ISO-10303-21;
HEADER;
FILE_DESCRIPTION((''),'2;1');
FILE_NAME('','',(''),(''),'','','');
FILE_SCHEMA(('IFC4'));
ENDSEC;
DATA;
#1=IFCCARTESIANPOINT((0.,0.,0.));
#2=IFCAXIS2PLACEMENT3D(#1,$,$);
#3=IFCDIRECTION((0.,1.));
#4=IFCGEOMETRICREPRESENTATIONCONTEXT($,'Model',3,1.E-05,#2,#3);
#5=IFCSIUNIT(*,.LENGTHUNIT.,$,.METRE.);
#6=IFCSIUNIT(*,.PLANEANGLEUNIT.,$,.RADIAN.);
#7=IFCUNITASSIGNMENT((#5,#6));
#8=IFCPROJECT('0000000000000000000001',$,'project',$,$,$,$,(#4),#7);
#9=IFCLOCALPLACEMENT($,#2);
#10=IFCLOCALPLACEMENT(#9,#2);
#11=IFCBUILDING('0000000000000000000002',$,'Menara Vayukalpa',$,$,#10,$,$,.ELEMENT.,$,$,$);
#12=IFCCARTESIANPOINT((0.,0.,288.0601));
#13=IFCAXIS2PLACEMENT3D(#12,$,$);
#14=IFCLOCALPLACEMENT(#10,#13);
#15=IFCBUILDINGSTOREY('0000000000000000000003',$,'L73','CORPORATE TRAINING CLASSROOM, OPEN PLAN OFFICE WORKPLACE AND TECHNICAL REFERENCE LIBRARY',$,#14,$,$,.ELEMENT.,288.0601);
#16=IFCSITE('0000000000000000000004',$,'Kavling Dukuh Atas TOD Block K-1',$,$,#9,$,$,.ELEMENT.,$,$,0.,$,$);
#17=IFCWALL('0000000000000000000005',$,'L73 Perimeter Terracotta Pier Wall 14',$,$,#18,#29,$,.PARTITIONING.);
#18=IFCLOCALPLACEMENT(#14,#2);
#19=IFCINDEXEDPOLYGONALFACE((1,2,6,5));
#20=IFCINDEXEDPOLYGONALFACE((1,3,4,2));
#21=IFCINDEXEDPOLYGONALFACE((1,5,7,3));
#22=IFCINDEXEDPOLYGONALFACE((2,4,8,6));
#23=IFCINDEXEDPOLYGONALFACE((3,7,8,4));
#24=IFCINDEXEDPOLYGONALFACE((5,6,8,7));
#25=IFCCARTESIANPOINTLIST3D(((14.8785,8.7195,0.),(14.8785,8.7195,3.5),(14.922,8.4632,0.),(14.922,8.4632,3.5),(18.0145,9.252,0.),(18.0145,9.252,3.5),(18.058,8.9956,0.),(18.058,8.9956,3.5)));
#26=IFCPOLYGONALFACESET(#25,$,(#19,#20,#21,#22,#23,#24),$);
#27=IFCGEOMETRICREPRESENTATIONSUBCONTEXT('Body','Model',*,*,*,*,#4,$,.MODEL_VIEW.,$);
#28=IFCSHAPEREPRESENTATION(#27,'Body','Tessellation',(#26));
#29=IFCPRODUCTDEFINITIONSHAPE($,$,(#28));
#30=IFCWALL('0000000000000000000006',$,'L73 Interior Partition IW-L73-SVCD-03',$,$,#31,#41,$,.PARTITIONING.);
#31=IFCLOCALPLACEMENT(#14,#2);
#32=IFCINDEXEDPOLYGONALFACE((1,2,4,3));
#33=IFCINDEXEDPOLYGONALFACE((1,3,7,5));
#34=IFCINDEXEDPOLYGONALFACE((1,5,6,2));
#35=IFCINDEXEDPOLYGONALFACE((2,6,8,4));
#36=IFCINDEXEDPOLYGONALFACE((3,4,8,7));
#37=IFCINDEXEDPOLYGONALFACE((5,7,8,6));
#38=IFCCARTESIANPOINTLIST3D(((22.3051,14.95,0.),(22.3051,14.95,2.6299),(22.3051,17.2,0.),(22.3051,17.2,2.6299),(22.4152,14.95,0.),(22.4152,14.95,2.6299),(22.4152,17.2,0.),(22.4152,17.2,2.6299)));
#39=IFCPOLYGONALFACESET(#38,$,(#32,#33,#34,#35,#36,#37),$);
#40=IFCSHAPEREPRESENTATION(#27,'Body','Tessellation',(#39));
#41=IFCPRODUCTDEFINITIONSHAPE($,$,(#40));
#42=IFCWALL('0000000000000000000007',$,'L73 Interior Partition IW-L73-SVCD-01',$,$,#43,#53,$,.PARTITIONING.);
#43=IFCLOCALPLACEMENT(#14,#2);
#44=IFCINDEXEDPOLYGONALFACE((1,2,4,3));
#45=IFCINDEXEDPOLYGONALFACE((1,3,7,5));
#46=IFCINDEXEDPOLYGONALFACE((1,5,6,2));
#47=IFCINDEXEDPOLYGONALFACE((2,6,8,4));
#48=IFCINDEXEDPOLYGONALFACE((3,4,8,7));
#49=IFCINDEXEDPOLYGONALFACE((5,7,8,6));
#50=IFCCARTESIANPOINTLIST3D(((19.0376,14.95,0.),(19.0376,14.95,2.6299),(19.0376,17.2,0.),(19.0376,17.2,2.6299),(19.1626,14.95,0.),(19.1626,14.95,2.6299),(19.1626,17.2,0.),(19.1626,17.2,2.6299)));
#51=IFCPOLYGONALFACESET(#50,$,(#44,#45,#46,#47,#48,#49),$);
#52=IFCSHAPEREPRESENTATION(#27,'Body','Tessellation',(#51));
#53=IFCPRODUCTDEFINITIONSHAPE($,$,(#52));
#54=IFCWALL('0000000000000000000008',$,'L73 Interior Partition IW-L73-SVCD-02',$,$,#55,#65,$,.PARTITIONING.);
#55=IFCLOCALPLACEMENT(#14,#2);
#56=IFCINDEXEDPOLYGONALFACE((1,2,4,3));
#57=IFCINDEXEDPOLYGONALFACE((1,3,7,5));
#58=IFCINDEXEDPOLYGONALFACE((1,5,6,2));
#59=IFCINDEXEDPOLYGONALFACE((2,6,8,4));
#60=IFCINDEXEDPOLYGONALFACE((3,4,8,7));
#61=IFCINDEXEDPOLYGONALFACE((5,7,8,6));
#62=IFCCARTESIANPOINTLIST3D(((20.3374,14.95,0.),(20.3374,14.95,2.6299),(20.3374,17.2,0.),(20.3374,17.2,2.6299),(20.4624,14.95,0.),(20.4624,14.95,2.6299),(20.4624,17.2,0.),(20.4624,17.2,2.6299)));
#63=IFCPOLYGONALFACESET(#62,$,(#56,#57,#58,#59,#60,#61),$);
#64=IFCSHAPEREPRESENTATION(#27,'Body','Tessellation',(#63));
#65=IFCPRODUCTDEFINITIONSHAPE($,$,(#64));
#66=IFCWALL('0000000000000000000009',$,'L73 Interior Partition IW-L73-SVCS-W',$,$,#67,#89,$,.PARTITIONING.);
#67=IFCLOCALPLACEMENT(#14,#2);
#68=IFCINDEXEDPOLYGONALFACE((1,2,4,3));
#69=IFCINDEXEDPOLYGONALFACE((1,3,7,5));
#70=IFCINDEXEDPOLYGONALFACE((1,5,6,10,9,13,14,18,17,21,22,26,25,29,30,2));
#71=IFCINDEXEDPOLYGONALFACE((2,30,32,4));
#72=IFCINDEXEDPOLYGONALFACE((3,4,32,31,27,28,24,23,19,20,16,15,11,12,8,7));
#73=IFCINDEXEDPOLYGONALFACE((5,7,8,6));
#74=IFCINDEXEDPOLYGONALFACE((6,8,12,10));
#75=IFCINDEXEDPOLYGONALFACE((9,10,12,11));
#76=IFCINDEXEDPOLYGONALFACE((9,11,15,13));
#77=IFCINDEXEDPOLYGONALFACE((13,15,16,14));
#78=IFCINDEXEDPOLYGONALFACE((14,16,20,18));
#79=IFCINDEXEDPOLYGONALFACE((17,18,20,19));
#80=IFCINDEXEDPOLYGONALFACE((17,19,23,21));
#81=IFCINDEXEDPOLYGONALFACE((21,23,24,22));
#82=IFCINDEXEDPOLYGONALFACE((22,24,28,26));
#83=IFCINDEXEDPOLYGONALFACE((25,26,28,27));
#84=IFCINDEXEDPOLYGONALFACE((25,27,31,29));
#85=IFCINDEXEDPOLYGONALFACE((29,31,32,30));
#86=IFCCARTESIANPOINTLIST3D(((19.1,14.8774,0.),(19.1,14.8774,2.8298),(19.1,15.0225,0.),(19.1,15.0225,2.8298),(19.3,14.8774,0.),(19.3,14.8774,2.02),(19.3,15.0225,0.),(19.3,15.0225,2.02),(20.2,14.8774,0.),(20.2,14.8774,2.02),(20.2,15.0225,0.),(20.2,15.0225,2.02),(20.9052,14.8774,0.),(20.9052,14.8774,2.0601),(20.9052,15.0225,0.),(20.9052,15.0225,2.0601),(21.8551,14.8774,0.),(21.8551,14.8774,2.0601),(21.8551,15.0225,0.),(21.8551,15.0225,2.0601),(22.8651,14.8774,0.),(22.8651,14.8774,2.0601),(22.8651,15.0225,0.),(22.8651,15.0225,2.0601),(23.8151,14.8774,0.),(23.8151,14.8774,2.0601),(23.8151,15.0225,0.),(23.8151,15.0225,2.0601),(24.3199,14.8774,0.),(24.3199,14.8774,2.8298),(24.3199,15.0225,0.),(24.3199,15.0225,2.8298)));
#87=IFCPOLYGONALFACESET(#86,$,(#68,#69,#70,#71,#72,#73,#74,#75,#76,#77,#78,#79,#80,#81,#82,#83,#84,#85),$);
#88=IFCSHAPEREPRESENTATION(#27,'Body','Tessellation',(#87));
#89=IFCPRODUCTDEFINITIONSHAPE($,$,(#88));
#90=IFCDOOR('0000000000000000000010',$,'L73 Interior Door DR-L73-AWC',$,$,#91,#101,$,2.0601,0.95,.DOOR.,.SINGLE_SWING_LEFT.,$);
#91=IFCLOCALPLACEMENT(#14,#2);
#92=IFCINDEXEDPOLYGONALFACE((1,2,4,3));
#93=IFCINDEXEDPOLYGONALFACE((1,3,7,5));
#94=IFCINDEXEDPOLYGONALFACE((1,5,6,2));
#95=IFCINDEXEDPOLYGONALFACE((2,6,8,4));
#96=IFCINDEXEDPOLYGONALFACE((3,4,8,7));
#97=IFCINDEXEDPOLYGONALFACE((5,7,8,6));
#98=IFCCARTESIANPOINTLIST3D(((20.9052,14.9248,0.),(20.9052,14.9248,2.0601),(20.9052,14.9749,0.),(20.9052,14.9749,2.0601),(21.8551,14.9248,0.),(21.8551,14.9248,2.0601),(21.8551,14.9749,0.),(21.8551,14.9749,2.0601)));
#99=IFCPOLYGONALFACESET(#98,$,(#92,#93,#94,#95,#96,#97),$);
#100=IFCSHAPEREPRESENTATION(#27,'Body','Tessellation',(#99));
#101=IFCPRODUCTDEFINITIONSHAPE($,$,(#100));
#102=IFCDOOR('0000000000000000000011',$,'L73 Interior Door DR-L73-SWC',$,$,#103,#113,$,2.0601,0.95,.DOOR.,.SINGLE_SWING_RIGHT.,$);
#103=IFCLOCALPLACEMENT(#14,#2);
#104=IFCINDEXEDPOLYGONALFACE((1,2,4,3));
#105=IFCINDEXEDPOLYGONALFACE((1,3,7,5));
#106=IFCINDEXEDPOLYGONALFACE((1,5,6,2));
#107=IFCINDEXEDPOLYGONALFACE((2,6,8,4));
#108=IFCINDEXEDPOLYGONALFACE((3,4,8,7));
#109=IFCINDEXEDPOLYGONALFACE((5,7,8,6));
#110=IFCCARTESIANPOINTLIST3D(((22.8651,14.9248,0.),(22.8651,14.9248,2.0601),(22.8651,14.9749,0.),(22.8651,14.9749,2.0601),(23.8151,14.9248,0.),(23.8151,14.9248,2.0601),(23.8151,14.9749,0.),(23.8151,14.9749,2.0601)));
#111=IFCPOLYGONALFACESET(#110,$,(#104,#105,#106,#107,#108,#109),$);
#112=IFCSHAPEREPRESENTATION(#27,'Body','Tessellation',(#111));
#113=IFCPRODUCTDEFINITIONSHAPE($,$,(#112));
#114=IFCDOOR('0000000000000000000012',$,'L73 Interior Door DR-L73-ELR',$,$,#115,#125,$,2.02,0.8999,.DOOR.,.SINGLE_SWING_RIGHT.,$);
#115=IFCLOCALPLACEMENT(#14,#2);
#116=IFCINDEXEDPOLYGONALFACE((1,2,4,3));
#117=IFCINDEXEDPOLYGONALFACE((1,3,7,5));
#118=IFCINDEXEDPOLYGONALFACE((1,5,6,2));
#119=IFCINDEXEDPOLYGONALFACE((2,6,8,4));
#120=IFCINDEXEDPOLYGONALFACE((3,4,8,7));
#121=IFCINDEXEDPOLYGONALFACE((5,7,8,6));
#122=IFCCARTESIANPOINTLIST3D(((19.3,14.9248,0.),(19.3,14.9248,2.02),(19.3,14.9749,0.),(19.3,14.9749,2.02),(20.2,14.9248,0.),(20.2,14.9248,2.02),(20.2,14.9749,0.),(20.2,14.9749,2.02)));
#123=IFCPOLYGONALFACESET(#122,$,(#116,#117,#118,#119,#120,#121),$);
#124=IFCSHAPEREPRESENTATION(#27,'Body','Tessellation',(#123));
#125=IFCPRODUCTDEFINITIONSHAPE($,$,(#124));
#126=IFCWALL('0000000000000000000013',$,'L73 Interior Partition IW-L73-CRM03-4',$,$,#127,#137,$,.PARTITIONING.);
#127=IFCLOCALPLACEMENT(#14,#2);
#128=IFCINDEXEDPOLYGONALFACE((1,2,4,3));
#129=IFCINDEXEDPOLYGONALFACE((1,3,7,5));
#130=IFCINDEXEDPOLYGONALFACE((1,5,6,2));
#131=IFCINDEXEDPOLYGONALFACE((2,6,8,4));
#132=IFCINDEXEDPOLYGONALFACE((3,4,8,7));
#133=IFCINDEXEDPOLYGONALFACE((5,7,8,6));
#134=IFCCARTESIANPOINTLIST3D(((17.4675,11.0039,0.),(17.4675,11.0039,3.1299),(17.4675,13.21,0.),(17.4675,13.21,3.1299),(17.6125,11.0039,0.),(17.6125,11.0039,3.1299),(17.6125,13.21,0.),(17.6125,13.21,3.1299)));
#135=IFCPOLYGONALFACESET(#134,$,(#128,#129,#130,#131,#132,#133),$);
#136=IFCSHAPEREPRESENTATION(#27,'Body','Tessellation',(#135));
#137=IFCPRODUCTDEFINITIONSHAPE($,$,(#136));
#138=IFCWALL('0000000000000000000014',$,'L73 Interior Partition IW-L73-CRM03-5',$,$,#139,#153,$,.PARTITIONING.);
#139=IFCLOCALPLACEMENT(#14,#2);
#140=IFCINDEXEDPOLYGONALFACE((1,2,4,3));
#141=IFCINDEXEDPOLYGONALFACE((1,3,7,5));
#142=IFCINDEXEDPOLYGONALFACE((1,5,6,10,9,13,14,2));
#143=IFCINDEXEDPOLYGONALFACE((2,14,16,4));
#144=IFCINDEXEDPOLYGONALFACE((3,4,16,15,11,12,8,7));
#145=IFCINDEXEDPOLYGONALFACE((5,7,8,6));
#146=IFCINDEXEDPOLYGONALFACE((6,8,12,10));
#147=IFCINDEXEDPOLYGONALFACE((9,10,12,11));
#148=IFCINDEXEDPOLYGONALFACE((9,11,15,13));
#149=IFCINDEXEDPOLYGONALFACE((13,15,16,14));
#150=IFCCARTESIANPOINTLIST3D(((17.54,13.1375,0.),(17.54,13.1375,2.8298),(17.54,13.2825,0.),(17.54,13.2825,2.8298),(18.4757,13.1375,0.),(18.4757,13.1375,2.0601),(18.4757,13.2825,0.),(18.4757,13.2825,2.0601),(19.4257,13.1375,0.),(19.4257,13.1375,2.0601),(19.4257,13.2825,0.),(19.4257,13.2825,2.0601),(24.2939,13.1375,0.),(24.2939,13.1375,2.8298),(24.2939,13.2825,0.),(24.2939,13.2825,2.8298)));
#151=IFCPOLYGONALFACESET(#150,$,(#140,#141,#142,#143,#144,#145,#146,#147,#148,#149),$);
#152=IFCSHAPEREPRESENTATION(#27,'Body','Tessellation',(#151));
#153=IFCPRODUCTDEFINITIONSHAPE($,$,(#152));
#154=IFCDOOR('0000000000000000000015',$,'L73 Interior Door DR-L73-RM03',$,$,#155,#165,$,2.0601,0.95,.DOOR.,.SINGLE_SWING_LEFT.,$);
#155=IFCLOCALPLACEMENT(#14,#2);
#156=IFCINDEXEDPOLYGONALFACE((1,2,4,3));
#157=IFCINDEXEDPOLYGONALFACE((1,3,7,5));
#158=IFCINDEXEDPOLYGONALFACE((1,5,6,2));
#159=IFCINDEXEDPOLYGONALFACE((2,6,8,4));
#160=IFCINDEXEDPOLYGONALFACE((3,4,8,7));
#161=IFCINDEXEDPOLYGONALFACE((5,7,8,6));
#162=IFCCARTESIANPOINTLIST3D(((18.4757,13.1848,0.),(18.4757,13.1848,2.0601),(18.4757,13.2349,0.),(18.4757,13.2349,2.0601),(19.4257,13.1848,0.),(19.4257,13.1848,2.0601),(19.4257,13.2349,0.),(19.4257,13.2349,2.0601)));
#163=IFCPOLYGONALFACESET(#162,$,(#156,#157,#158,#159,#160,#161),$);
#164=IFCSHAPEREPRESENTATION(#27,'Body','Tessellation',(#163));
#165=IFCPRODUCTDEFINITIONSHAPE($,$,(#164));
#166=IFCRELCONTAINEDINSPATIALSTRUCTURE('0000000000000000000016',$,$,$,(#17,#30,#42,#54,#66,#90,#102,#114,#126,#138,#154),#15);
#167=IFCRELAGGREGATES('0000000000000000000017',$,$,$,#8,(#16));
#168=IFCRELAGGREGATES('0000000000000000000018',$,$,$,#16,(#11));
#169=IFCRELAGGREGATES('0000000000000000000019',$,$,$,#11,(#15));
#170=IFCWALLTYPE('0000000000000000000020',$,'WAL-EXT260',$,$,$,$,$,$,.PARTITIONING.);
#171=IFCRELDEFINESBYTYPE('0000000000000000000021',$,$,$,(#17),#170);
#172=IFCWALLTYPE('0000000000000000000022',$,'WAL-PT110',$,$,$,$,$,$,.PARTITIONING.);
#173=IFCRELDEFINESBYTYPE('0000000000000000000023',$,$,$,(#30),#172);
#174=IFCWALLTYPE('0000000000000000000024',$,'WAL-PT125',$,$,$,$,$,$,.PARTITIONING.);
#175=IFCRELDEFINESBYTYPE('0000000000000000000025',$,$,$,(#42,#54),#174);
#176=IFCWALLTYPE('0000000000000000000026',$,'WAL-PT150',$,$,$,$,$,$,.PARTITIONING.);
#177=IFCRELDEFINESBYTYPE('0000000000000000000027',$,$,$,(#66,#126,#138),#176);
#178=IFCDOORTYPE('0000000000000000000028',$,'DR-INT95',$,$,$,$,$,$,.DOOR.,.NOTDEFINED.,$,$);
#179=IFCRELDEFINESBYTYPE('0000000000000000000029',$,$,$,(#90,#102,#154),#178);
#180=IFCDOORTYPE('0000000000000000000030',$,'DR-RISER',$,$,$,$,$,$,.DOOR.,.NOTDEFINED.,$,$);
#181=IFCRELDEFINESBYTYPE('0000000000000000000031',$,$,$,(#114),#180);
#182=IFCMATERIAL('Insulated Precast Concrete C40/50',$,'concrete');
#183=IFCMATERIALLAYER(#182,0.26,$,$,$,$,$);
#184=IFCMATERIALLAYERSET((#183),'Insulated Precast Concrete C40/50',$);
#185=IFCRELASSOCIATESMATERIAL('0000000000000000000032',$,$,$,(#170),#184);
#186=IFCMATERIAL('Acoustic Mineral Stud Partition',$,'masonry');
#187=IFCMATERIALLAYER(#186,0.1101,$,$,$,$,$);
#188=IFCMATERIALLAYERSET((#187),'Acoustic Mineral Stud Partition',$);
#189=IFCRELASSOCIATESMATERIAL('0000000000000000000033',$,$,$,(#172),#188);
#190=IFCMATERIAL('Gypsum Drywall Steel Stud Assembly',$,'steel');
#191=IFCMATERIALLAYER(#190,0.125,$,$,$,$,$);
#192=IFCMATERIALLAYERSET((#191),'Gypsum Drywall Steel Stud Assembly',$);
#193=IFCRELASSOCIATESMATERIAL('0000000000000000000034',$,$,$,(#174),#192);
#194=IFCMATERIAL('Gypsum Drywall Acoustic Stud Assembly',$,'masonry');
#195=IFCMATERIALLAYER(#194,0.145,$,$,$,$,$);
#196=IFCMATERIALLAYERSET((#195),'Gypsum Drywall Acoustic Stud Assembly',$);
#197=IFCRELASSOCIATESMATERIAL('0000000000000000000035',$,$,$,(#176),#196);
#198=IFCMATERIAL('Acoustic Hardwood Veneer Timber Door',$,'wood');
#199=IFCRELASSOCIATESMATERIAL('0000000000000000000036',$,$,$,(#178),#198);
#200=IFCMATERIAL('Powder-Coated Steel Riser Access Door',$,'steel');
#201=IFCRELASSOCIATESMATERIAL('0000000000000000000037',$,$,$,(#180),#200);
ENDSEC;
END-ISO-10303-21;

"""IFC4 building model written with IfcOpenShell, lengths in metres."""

from ifc_helpers import new_model, si_unit, direction, frame, frame_2d, origin, place, context, subcontext, project, spatial, rectangle, extrude, material, layer, layer_set, type_object, element, fill, save


model = new_model("IFC4")

# Units and contexts
model_context = context("Model", 3, precision=1e-05, world=origin(), true_north=direction((0.0, 1.0)))
body_context = subcontext(model_context, "Body", "Model", "MODEL_VIEW")
ifc_project = project(units=[si_unit("LENGTHUNIT", "METRE"), si_unit("PLANEANGLEUNIT", "RADIAN")], contexts=[model_context])

# Site, building, storey
site_placement = place(None, origin())
site = spatial("IfcSite", under=ifc_project, at=site_placement, Name="Kavling Dukuh Atas TOD Block K-1", CompositionType="ELEMENT", RefElevation=0.0)
building_placement = place(site_placement, origin())
building = spatial("IfcBuilding", under=site, at=building_placement, Name="Menara Vayukalpa", CompositionType="ELEMENT")
storey_placement = place(building_placement, frame((0.0, 0.0, 288.0601)))
storey = spatial("IfcBuildingStorey", under=building, at=storey_placement, Name="L73", Description="CORPORATE TRAINING CLASSROOM, OPEN PLAN OFFICE WORKPLACE AND TECHNICAL REFERENCE LIBRARY", CompositionType="ELEMENT", Elevation=288.0601)

# Walls
ifc_material_1 = material(Name="Insulated Precast Concrete C40/50", Category="concrete")
ifc_layer_1 = layer(ifc_material_1, 0.26)
ifc_layer_set_1 = layer_set([ifc_layer_1], Name="Insulated Precast Concrete C40/50")
wall_type_1 = type_object("IfcWallType", Name="WAL-EXT260", PredefinedType="PARTITIONING", material=ifc_layer_set_1)
wall_1_placement = place(storey_placement, frame((18.0361, 9.1238, 0.0), z_axis=(0.0, 0.0, 1.0), x_axis=(-0.985889, -0.167398, 0.0)))
element("IfcWall", 1, at=wall_1_placement, inside=storey, type_object=wall_type_1, Name="L73 Perimeter Terracotta Pier Wall 14", PredefinedType="PARTITIONING", context=body_context, shape_type="SweptSolid", body=[
    extrude(rectangle(XDim=3.1809, YDim=0.26, at=frame_2d((1.5903, 0.0))), origin(), (0.0, 0.0, 1.0), 3.5),
])
ifc_material_2 = material(Name="Acoustic Mineral Stud Partition", Category="masonry")
ifc_layer_2 = layer(ifc_material_2, 0.1101)
ifc_layer_set_2 = layer_set([ifc_layer_2], Name="Acoustic Mineral Stud Partition")
wall_type_2 = type_object("IfcWallType", Name="WAL-PT110", PredefinedType="PARTITIONING", material=ifc_layer_set_2)
wall_2_placement = place(storey_placement, frame((22.3601, 14.95, 0.0), z_axis=(0.0, 0.0, 1.0), x_axis=(0.0, 1.0, 0.0)))
element("IfcWall", 2, at=wall_2_placement, inside=storey, type_object=wall_type_2, Name="L73 Interior Partition IW-L73-SVCD-03", PredefinedType="PARTITIONING", context=body_context, shape_type="SweptSolid", body=[
    extrude(rectangle(XDim=2.25, YDim=0.1101, at=frame_2d((1.125, 0.0))), origin(), (0.0, 0.0, 1.0), 2.6299),
])
ifc_material_3 = material(Name="Gypsum Drywall Steel Stud Assembly", Category="steel")
ifc_layer_3 = layer(ifc_material_3, 0.125)
ifc_layer_set_3 = layer_set([ifc_layer_3], Name="Gypsum Drywall Steel Stud Assembly")
wall_type_3 = type_object("IfcWallType", Name="WAL-PT125", PredefinedType="PARTITIONING", material=ifc_layer_set_3)
for number, where, z_axis, x_axis, name in (
    (3, (19.1001, 14.95, 0.0), (0.0, 0.0, 1.0), (0.0, 1.0, 0.0), "L73 Interior Partition IW-L73-SVCD-01"),
    (4, (20.3999, 14.95, 0.0), (0.0, 0.0, 1.0), (0.0, 1.0, 0.0), "L73 Interior Partition IW-L73-SVCD-02"),
):
    element("IfcWall", number, at=place(storey_placement, frame(where, z_axis=z_axis, x_axis=x_axis)), inside=storey, type_object=wall_type_3, Name=name, PredefinedType="PARTITIONING", context=body_context, shape_type="SweptSolid", body=[
        extrude(rectangle(XDim=2.25, YDim=0.125, at=frame_2d((1.125, 0.0))), origin(), (0.0, 0.0, 1.0), 2.6299),
    ])

# Wall, openings, doors
ifc_material_4 = material(Name="Gypsum Drywall Acoustic Stud Assembly", Category="masonry")
ifc_layer_4 = layer(ifc_material_4, 0.145)
ifc_layer_set_4 = layer_set([ifc_layer_4], Name="Gypsum Drywall Acoustic Stud Assembly")
wall_type_4 = type_object("IfcWallType", Name="WAL-PT150", PredefinedType="PARTITIONING", material=ifc_layer_set_4)
wall_3_placement = place(storey_placement, frame((19.1001, 14.95, 0.0), z_axis=(0.0, 0.0, 1.0), x_axis=(1.0, 0.0, 0.0)))
wall_3 = element("IfcWall", 5, at=wall_3_placement, inside=storey, type_object=wall_type_4, Name="L73 Interior Partition IW-L73-SVCS-W", PredefinedType="PARTITIONING", context=body_context, shape_type="SweptSolid", body=[
    extrude(rectangle(XDim=5.22, YDim=0.145, at=frame_2d((2.6099, 0.0))), origin(), (0.0, 0.0, 1.0), 2.8298),
])
opening_1_placement = place(wall_3_placement, frame((0.2, 0.0, 0.0)))
opening_1 = element("IfcOpeningElement", 6, at=opening_1_placement, cuts=wall_3, PredefinedType="OPENING", context=body_context, shape_type="SweptSolid", body=[
    extrude(rectangle(XDim=0.8999, YDim=2.02, at=frame_2d((0.45, 1.01))), frame((0.0, 0.0825, 0.0), z_axis=(0.0, -1.0, 0.0), x_axis=(1.0, 0.0, 0.0)), (0.0, 0.0, 1.0), 0.165),
])
opening_2_placement = place(wall_3_placement, frame((1.8049, 0.0, 0.0)))
opening_2 = element("IfcOpeningElement", 7, at=opening_2_placement, cuts=wall_3, PredefinedType="OPENING", context=body_context, shape_type="SweptSolid", body=[
    extrude(rectangle(XDim=0.95, YDim=2.0601, at=frame_2d((0.4751, 1.03))), frame((0.0, 0.0825, 0.0), z_axis=(0.0, -1.0, 0.0), x_axis=(1.0, 0.0, 0.0)), (0.0, 0.0, 1.0), 0.165),
])
opening_3_placement = place(wall_3_placement, frame((3.7649, 0.0, 0.0)))
opening_3 = element("IfcOpeningElement", 8, at=opening_3_placement, cuts=wall_3, PredefinedType="OPENING", context=body_context, shape_type="SweptSolid", body=[
    extrude(rectangle(XDim=0.95, YDim=2.0601, at=frame_2d((0.4751, 1.03))), frame((0.0, 0.0825, 0.0), z_axis=(0.0, -1.0, 0.0), x_axis=(1.0, 0.0, 0.0)), (0.0, 0.0, 1.0), 0.165),
])
ifc_material_5 = material(Name="Acoustic Hardwood Veneer Timber Door", Category="wood")
door_type_1 = type_object("IfcDoorType", Name="DR-INT95", OperationType="NOTDEFINED", PredefinedType="DOOR", material=ifc_material_5)
door_1_placement = place(opening_2_placement, origin())
door_1 = element("IfcDoor", 9, at=door_1_placement, inside=storey, type_object=door_type_1, Name="L73 Interior Door DR-L73-AWC", OperationType="SINGLE_SWING_LEFT", OverallHeight=2.0601, OverallWidth=0.95, PredefinedType="DOOR", context=body_context, shape_type="SweptSolid", body=[
    extrude(rectangle(XDim=0.95, YDim=2.0601, at=frame_2d((0.4751, 1.03))), frame((0.0, 0.0249, 0.0), z_axis=(0.0, -1.0, 0.0), x_axis=(1.0, 0.0, 0.0)), (0.0, 0.0, 1.0), 0.05),
])
fill(opening_2, door_1)
door_2_placement = place(opening_3_placement, origin())
door_2 = element("IfcDoor", 10, at=door_2_placement, inside=storey, type_object=door_type_1, Name="L73 Interior Door DR-L73-SWC", OperationType="SINGLE_SWING_RIGHT", OverallHeight=2.0601, OverallWidth=0.95, PredefinedType="DOOR", context=body_context, shape_type="SweptSolid", body=[
    extrude(rectangle(XDim=0.95, YDim=2.0601, at=frame_2d((0.4751, 1.03))), frame((0.0, 0.0249, 0.0), z_axis=(0.0, -1.0, 0.0), x_axis=(1.0, 0.0, 0.0)), (0.0, 0.0, 1.0), 0.05),
])
fill(opening_3, door_2)
ifc_material_6 = material(Name="Powder-Coated Steel Riser Access Door", Category="steel")
door_type_2 = type_object("IfcDoorType", Name="DR-RISER", OperationType="NOTDEFINED", PredefinedType="DOOR", material=ifc_material_6)
door_3_placement = place(opening_1_placement, origin())
door_3 = element("IfcDoor", 11, at=door_3_placement, inside=storey, type_object=door_type_2, Name="L73 Interior Door DR-L73-ELR", OperationType="SINGLE_SWING_RIGHT", OverallHeight=2.02, OverallWidth=0.8999, PredefinedType="DOOR", context=body_context, shape_type="SweptSolid", body=[
    extrude(rectangle(XDim=0.8999, YDim=2.02, at=frame_2d((0.45, 1.01))), frame((0.0, 0.0249, 0.0), z_axis=(0.0, -1.0, 0.0), x_axis=(1.0, 0.0, 0.0)), (0.0, 0.0, 1.0), 0.05),
])
fill(opening_1, door_3)

# Wall
wall_4_placement = place(storey_placement, frame((17.54, 11.0039, 0.0), z_axis=(0.0, 0.0, 1.0), x_axis=(0.0, 1.0, 0.0)))
element("IfcWall", 12, at=wall_4_placement, inside=storey, type_object=wall_type_4, Name="L73 Interior Partition IW-L73-CRM03-4", PredefinedType="PARTITIONING", context=body_context, shape_type="SweptSolid", body=[
    extrude(rectangle(XDim=2.2061, YDim=0.145, at=frame_2d((1.103, 0.0))), origin(), (0.0, 0.0, 1.0), 3.1299),
])

# Wall, opening, door
wall_5_placement = place(storey_placement, frame((17.54, 13.21, 0.0), z_axis=(0.0, 0.0, 1.0), x_axis=(1.0, 0.0, 0.0)))
wall_5 = element("IfcWall", 13, at=wall_5_placement, inside=storey, type_object=wall_type_4, Name="L73 Interior Partition IW-L73-CRM03-5", PredefinedType="PARTITIONING", context=body_context, shape_type="SweptSolid", body=[
    extrude(rectangle(XDim=6.7539, YDim=0.145, at=frame_2d((3.377, 0.0))), origin(), (0.0, 0.0, 1.0), 2.8298),
])
opening_4_placement = place(wall_5_placement, frame((0.9355, 0.0, 0.0)))
opening_4 = element("IfcOpeningElement", 14, at=opening_4_placement, cuts=wall_5, PredefinedType="OPENING", context=body_context, shape_type="SweptSolid", body=[
    extrude(rectangle(XDim=0.95, YDim=2.0601, at=frame_2d((0.4751, 1.03))), frame((0.0, 0.0825, 0.0), z_axis=(0.0, -1.0, 0.0), x_axis=(1.0, 0.0, 0.0)), (0.0, 0.0, 1.0), 0.165),
])
door_4_placement = place(opening_4_placement, origin())
door_4 = element("IfcDoor", 15, at=door_4_placement, inside=storey, type_object=door_type_1, Name="L73 Interior Door DR-L73-RM03", OperationType="SINGLE_SWING_LEFT", OverallHeight=2.0601, OverallWidth=0.95, PredefinedType="DOOR", context=body_context, shape_type="SweptSolid", body=[
    extrude(rectangle(XDim=0.95, YDim=2.0601, at=frame_2d((0.4751, 1.03))), frame((0.0, 0.0249, 0.0), z_axis=(0.0, -1.0, 0.0), x_axis=(1.0, 0.0, 0.0)), (0.0, 0.0, 1.0), 0.05),
])
fill(opening_4, door_4)

save(model, "model.ifc")
